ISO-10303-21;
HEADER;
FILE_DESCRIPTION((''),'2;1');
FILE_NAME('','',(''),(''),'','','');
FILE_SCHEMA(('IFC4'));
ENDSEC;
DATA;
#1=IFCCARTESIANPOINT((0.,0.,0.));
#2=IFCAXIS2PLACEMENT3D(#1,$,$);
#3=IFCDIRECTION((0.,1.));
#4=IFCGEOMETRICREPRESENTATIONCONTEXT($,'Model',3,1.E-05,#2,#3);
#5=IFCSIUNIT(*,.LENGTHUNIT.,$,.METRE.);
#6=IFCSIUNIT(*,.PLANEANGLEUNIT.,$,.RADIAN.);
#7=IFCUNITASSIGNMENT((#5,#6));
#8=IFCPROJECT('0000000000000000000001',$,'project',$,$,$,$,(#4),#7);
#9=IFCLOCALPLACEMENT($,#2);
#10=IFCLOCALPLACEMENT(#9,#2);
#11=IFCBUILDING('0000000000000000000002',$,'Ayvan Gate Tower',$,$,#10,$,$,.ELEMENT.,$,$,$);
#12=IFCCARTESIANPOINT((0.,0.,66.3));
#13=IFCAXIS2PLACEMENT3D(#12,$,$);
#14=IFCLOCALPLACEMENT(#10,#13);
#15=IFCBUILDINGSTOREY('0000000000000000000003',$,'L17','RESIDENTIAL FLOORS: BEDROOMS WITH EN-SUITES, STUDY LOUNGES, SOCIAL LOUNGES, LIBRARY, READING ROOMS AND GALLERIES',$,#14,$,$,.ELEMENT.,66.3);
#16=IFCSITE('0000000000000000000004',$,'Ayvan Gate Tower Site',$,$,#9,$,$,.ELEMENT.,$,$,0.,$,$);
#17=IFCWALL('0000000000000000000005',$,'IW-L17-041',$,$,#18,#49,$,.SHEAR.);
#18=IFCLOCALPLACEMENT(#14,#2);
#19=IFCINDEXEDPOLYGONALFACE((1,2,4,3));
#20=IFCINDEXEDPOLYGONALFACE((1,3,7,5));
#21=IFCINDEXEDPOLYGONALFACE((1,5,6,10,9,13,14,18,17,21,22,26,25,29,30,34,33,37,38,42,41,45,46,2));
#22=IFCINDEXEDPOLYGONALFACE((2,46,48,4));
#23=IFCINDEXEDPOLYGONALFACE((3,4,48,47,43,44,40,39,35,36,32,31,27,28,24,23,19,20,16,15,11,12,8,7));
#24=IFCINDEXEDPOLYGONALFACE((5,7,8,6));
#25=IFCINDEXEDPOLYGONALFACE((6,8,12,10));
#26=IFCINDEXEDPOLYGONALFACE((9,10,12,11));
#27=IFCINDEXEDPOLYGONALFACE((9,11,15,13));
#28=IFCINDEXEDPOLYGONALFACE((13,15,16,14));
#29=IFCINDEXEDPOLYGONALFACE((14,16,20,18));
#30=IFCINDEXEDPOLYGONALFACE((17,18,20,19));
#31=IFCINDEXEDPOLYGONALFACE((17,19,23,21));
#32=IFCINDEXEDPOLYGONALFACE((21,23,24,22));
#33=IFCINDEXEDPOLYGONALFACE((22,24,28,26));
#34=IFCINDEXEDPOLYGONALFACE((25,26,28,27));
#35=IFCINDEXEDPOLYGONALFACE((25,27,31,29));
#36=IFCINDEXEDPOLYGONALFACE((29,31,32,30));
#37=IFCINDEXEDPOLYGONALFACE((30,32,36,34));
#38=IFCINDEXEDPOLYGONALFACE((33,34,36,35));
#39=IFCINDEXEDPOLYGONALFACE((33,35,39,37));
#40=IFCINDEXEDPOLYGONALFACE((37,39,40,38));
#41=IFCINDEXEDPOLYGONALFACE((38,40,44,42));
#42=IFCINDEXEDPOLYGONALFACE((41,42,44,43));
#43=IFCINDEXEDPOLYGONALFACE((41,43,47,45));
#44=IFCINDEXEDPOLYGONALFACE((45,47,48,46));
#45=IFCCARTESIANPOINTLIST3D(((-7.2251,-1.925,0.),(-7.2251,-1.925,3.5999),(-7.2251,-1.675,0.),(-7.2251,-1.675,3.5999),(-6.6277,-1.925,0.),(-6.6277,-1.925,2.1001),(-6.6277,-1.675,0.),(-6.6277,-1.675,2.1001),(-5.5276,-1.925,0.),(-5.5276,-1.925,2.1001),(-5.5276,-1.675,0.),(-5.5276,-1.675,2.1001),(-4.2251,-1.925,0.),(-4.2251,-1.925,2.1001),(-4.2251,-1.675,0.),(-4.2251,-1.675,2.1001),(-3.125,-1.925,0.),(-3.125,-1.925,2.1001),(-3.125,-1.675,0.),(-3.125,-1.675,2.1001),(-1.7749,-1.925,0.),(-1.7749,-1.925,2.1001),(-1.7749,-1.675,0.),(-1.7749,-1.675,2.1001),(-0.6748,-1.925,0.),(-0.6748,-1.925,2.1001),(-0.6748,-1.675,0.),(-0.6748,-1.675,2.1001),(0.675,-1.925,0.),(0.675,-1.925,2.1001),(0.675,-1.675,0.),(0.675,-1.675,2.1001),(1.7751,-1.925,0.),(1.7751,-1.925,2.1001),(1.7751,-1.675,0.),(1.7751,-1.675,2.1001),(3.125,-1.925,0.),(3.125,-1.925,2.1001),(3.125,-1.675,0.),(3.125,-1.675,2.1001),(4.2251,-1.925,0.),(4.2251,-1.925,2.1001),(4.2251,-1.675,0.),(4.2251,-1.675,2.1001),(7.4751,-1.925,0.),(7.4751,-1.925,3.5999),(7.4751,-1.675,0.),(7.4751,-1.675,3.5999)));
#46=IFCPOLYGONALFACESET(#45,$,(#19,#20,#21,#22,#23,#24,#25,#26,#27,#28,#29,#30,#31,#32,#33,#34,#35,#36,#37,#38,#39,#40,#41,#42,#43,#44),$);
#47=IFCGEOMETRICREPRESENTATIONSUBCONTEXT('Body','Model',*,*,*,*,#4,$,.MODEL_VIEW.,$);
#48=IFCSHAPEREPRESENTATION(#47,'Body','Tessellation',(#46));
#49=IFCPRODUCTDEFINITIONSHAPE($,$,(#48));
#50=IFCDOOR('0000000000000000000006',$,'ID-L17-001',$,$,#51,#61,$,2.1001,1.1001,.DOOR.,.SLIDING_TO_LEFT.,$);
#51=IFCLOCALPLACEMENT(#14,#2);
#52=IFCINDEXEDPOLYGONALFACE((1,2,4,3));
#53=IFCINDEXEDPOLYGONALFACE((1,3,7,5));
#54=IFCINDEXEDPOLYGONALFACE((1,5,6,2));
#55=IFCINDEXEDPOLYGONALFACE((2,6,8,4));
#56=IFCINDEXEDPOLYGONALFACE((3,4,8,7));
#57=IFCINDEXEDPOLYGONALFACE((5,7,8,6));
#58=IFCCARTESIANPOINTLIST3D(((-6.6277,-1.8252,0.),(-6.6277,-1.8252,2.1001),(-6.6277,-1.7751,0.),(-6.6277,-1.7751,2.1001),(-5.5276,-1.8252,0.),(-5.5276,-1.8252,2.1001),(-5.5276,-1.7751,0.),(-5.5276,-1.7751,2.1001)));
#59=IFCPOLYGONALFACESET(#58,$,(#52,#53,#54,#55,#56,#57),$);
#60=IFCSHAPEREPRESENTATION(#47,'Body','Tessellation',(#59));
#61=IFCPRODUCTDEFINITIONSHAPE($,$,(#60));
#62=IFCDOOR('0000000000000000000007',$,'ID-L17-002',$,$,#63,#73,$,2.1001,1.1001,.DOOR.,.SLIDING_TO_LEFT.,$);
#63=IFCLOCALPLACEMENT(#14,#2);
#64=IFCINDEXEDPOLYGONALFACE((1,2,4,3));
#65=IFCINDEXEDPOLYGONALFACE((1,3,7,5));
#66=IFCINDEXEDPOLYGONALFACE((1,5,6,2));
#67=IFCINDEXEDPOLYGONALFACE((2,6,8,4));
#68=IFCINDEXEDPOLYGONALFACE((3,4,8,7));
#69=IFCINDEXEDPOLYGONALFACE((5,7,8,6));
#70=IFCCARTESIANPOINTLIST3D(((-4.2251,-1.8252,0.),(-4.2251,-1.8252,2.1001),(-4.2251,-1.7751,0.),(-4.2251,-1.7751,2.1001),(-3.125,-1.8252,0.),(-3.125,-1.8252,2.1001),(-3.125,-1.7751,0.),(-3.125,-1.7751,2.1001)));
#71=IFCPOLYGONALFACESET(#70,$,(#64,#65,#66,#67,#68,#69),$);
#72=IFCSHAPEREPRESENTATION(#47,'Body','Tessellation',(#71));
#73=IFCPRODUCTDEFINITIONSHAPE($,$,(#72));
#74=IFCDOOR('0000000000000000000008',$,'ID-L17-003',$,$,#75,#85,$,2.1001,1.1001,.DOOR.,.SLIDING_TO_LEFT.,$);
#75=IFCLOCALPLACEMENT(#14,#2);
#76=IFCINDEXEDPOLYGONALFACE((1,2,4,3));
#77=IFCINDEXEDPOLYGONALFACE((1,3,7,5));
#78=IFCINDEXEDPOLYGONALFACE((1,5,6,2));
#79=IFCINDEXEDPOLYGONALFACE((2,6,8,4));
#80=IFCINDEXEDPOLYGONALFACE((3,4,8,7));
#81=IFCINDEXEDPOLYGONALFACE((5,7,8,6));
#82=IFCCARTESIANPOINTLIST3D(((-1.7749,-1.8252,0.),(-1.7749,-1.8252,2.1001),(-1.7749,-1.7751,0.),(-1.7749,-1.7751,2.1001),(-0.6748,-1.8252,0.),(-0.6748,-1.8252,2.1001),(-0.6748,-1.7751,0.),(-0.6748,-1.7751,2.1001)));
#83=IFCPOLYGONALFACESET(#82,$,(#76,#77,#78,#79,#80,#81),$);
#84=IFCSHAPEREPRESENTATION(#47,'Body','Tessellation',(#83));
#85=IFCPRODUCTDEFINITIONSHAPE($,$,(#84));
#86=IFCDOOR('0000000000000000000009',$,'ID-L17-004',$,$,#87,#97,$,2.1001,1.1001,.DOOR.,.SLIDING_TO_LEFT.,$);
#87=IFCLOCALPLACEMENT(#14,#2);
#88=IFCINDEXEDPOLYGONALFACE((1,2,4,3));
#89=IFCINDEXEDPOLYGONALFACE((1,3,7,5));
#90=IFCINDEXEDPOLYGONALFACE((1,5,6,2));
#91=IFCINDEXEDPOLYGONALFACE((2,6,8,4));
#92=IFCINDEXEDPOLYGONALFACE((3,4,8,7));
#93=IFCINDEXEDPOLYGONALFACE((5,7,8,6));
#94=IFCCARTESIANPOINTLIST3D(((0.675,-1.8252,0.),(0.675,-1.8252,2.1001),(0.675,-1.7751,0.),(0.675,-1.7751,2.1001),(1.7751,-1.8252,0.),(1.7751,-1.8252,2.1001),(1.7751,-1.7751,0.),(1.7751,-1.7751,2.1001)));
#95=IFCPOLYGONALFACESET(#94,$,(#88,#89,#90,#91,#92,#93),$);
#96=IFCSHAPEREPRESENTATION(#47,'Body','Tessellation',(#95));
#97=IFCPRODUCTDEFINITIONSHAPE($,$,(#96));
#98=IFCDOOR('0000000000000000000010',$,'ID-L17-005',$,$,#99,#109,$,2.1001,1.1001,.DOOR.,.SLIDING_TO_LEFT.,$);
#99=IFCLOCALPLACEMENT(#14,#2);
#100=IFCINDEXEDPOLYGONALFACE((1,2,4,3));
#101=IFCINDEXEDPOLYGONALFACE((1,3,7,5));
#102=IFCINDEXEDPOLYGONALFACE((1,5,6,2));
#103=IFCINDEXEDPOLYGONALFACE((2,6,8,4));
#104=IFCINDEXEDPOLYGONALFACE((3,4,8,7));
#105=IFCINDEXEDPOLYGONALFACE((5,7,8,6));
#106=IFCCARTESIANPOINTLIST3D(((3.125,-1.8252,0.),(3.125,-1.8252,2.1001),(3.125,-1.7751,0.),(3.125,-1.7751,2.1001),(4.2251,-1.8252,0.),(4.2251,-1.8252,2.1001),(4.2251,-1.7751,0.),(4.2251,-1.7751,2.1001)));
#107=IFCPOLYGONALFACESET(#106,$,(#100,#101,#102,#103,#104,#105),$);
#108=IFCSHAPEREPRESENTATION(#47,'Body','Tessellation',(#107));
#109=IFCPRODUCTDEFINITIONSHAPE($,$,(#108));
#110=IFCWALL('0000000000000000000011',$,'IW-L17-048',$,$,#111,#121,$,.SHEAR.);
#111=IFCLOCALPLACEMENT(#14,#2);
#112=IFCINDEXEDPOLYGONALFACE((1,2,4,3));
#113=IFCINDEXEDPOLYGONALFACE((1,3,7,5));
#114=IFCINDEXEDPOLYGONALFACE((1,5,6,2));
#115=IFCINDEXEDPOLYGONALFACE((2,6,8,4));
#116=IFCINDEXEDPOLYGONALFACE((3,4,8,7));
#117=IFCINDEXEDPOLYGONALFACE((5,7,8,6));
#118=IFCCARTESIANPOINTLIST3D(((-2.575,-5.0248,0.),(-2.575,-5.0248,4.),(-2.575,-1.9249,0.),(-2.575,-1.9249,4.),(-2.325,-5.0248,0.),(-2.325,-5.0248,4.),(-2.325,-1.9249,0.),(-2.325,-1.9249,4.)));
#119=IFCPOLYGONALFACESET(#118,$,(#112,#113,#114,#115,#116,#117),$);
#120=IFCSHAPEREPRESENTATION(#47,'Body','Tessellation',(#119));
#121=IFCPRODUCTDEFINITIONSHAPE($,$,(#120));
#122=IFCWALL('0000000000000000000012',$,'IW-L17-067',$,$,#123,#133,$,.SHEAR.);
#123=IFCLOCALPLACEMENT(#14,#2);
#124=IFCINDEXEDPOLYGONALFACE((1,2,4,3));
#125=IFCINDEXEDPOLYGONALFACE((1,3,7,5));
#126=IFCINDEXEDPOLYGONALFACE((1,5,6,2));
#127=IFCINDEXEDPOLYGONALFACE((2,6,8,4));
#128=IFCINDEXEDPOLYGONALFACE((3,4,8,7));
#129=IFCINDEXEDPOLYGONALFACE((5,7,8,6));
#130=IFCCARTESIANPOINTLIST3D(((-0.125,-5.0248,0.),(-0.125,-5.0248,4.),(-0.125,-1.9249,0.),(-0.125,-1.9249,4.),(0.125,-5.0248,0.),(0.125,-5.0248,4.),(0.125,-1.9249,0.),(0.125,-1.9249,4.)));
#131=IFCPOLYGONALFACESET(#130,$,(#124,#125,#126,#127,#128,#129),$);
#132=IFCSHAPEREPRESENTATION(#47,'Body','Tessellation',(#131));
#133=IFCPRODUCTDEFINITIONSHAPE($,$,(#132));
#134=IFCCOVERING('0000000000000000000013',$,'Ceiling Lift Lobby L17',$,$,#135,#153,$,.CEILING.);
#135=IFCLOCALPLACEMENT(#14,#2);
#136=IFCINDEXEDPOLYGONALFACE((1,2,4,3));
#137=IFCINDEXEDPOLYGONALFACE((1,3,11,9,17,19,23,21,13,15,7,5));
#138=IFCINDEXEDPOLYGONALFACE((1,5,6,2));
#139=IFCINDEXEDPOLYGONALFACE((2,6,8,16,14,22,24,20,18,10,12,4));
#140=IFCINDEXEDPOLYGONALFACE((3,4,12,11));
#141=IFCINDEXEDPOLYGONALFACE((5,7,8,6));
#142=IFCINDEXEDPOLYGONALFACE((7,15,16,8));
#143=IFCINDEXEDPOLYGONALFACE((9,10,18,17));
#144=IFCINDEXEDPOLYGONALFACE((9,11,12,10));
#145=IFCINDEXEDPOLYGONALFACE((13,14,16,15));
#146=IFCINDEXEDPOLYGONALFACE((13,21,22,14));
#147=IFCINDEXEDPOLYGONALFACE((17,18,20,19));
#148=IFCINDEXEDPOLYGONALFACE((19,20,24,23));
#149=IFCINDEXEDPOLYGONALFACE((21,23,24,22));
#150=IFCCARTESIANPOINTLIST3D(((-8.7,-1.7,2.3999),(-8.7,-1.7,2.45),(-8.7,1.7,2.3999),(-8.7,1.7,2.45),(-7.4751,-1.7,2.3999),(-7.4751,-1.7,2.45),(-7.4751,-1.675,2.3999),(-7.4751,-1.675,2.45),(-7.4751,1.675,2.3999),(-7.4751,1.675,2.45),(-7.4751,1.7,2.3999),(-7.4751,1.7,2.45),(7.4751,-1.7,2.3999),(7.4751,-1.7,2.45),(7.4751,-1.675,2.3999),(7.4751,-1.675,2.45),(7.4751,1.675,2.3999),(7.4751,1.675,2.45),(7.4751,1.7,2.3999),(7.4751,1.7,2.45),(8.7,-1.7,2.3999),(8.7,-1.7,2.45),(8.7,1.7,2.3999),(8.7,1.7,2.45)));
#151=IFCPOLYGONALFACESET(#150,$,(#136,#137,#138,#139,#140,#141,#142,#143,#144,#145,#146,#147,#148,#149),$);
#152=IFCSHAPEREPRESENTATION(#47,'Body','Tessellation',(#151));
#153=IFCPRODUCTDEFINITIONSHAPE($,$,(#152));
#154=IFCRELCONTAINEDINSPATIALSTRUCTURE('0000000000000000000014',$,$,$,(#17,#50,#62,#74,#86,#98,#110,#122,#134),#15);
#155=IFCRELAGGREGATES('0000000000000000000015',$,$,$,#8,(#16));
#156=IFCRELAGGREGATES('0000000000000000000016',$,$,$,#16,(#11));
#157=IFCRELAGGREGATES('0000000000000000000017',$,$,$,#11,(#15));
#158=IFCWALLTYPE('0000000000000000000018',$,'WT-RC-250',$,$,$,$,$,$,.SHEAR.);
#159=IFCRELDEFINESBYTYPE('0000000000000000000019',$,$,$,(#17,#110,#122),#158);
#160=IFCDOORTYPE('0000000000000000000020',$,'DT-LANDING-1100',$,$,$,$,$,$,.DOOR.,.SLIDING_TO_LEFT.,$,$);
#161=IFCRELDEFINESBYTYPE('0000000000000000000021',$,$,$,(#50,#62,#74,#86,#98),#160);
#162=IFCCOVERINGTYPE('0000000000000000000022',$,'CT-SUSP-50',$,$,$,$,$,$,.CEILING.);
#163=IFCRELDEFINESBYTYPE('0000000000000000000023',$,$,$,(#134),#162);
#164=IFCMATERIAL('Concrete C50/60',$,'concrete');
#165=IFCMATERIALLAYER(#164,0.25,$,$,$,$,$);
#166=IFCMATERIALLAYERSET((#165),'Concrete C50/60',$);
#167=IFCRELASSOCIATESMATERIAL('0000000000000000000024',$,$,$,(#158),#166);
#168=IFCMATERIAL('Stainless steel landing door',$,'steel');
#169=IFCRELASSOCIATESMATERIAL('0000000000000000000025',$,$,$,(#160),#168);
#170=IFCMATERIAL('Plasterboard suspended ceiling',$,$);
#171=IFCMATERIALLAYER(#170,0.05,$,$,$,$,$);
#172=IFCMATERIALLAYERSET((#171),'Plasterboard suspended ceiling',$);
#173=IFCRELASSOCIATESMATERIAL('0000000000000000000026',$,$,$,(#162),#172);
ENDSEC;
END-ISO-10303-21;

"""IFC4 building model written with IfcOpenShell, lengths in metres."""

from ifc_helpers import new_model, si_unit, direction, frame, frame_2d, origin, place, context, subcontext, project, spatial, polyline, rectangle, outline, extrude, material, layer, layer_set, type_object, element, fill, save


model = new_model("IFC4")

# Units and contexts
model_context = context("Model", 3, precision=1e-05, world=origin(), true_north=direction((0.0, 1.0)))
body_context = subcontext(model_context, "Body", "Model", "MODEL_VIEW")
ifc_project = project(units=[si_unit("LENGTHUNIT", "METRE"), si_unit("PLANEANGLEUNIT", "RADIAN")], contexts=[model_context])

# Site, building, storey
site_placement = place(None, origin())
site = spatial("IfcSite", under=ifc_project, at=site_placement, Name="Ayvan Gate Tower Site", CompositionType="ELEMENT", RefElevation=0.0)
building_placement = place(site_placement, origin())
building = spatial("IfcBuilding", under=site, at=building_placement, Name="Ayvan Gate Tower", CompositionType="ELEMENT")
storey_placement = place(building_placement, frame((0.0, 0.0, 66.3)))
storey = spatial("IfcBuildingStorey", under=building, at=storey_placement, Name="L17", Description="RESIDENTIAL FLOORS: BEDROOMS WITH EN-SUITES, STUDY LOUNGES, SOCIAL LOUNGES, LIBRARY, READING ROOMS AND GALLERIES", CompositionType="ELEMENT", Elevation=66.3)

# Shared definitions
ifc_material_1 = material(Name="Concrete C50/60", Category="concrete")
ifc_layer_1 = layer(ifc_material_1, 0.25)
ifc_layer_set_1 = layer_set([ifc_layer_1], Name="Concrete C50/60")
wall_type_1 = type_object("IfcWallType", Name="WT-RC-250", PredefinedType="SHEAR", material=ifc_layer_set_1)

# Wall, openings, doors
wall_1_placement = place(storey_placement, frame((-7.2251, -1.8, 0.0), z_axis=(0.0, 0.0, 1.0), x_axis=(1.0, 0.0, 0.0)))
wall_1 = element("IfcWall", 1, at=wall_1_placement, inside=storey, type_object=wall_type_1, Name="IW-L17-041", PredefinedType="SHEAR", context=body_context, shape_type="SweptSolid", body=[
    extrude(rectangle(XDim=14.7002, YDim=0.25, at=frame_2d((7.3501, 0.0))), origin(), (0.0, 0.0, 1.0), 3.5999),
])
opening_1_placement = place(wall_1_placement, frame((0.5974, 0.0, 0.0)))
opening_1 = element("IfcOpeningElement", 2, at=opening_1_placement, cuts=wall_1, PredefinedType="OPENING", context=body_context, shape_type="SweptSolid", body=[
    extrude(rectangle(XDim=1.1001, YDim=2.1001, at=frame_2d((0.55, 1.05))), frame((0.0, 0.135, 0.0), z_axis=(0.0, -1.0, 0.0), x_axis=(1.0, 0.0, 0.0)), (0.0, 0.0, 1.0), 0.27),
])
opening_2_placement = place(wall_1_placement, frame((3.0, 0.0, 0.0)))
opening_2 = element("IfcOpeningElement", 3, at=opening_2_placement, cuts=wall_1, PredefinedType="OPENING", context=body_context, shape_type="SweptSolid", body=[
    extrude(rectangle(XDim=1.1001, YDim=2.1001, at=frame_2d((0.55, 1.05))), frame((0.0, 0.135, 0.0), z_axis=(0.0, -1.0, 0.0), x_axis=(1.0, 0.0, 0.0)), (0.0, 0.0, 1.0), 0.27),
])
opening_3_placement = place(wall_1_placement, frame((5.4502, 0.0, 0.0)))
opening_3 = element("IfcOpeningElement", 4, at=opening_3_placement, cuts=wall_1, PredefinedType="OPENING", context=body_context, shape_type="SweptSolid", body=[
    extrude(rectangle(XDim=1.1001, YDim=2.1001, at=frame_2d((0.55, 1.05))), frame((0.0, 0.135, 0.0), z_axis=(0.0, -1.0, 0.0), x_axis=(1.0, 0.0, 0.0)), (0.0, 0.0, 1.0), 0.27),
])
opening_4_placement = place(wall_1_placement, frame((7.9001, 0.0, 0.0)))
opening_4 = element("IfcOpeningElement", 5, at=opening_4_placement, cuts=wall_1, PredefinedType="OPENING", context=body_context, shape_type="SweptSolid", body=[
    extrude(rectangle(XDim=1.1001, YDim=2.1001, at=frame_2d((0.55, 1.05))), frame((0.0, 0.135, 0.0), z_axis=(0.0, -1.0, 0.0), x_axis=(1.0, 0.0, 0.0)), (0.0, 0.0, 1.0), 0.27),
])
opening_5_placement = place(wall_1_placement, frame((10.3501, 0.0, 0.0)))
opening_5 = element("IfcOpeningElement", 6, at=opening_5_placement, cuts=wall_1, PredefinedType="OPENING", context=body_context, shape_type="SweptSolid", body=[
    extrude(rectangle(XDim=1.1001, YDim=2.1001, at=frame_2d((0.55, 1.05))), frame((0.0, 0.135, 0.0), z_axis=(0.0, -1.0, 0.0), x_axis=(1.0, 0.0, 0.0)), (0.0, 0.0, 1.0), 0.27),
])
ifc_material_2 = material(Name="Stainless steel landing door", Category="steel")
door_type_1 = type_object("IfcDoorType", Name="DT-LANDING-1100", OperationType="SLIDING_TO_LEFT", PredefinedType="DOOR", material=ifc_material_2)
door_1_placement = place(opening_1_placement, origin())
door_1 = element("IfcDoor", 7, at=door_1_placement, inside=storey, type_object=door_type_1, Name="ID-L17-001", OperationType="SLIDING_TO_LEFT", OverallHeight=2.1001, OverallWidth=1.1001, PredefinedType="DOOR", context=body_context, shape_type="SweptSolid", body=[
    extrude(rectangle(XDim=1.1001, YDim=2.1001, at=frame_2d((0.55, 1.05))), frame((0.0, 0.0249, 0.0), z_axis=(0.0, -1.0, 0.0), x_axis=(1.0, 0.0, 0.0)), (0.0, 0.0, 1.0), 0.05),
])
fill(opening_1, door_1)
door_2_placement = place(opening_2_placement, origin())
door_2 = element("IfcDoor", 8, at=door_2_placement, inside=storey, type_object=door_type_1, Name="ID-L17-002", OperationType="SLIDING_TO_LEFT", OverallHeight=2.1001, OverallWidth=1.1001, PredefinedType="DOOR", context=body_context, shape_type="SweptSolid", body=[
    extrude(rectangle(XDim=1.1001, YDim=2.1001, at=frame_2d((0.55, 1.05))), frame((0.0, 0.0249, 0.0), z_axis=(0.0, -1.0, 0.0), x_axis=(1.0, 0.0, 0.0)), (0.0, 0.0, 1.0), 0.05),
])
fill(opening_2, door_2)
door_3_placement = place(opening_3_placement, origin())
door_3 = element("IfcDoor", 9, at=door_3_placement, inside=storey, type_object=door_type_1, Name="ID-L17-003", OperationType="SLIDING_TO_LEFT", OverallHeight=2.1001, OverallWidth=1.1001, PredefinedType="DOOR", context=body_context, shape_type="SweptSolid", body=[
    extrude(rectangle(XDim=1.1001, YDim=2.1001, at=frame_2d((0.55, 1.05))), frame((0.0, 0.0249, 0.0), z_axis=(0.0, -1.0, 0.0), x_axis=(1.0, 0.0, 0.0)), (0.0, 0.0, 1.0), 0.05),
])
fill(opening_3, door_3)
door_4_placement = place(opening_4_placement, origin())
door_4 = element("IfcDoor", 10, at=door_4_placement, inside=storey, type_object=door_type_1, Name="ID-L17-004", OperationType="SLIDING_TO_LEFT", OverallHeight=2.1001, OverallWidth=1.1001, PredefinedType="DOOR", context=body_context, shape_type="SweptSolid", body=[
    extrude(rectangle(XDim=1.1001, YDim=2.1001, at=frame_2d((0.55, 1.05))), frame((0.0, 0.0249, 0.0), z_axis=(0.0, -1.0, 0.0), x_axis=(1.0, 0.0, 0.0)), (0.0, 0.0, 1.0), 0.05),
])
fill(opening_4, door_4)
door_5_placement = place(opening_5_placement, origin())
door_5 = element("IfcDoor", 11, at=door_5_placement, inside=storey, type_object=door_type_1, Name="ID-L17-005", OperationType="SLIDING_TO_LEFT", OverallHeight=2.1001, OverallWidth=1.1001, PredefinedType="DOOR", context=body_context, shape_type="SweptSolid", body=[
    extrude(rectangle(XDim=1.1001, YDim=2.1001, at=frame_2d((0.55, 1.05))), frame((0.0, 0.0249, 0.0), z_axis=(0.0, -1.0, 0.0), x_axis=(1.0, 0.0, 0.0)), (0.0, 0.0, 1.0), 0.05),
])
fill(opening_5, door_5)

# Walls
for number, where, z_axis, x_axis, name in (
    (12, (-2.45, -1.925, 0.0), (0.0, 0.0, 1.0), (0.0, -1.0, 0.0), "IW-L17-048"),
    (13, (0.0, -1.925, 0.0), (0.0, 0.0, 1.0), (0.0, -1.0, 0.0), "IW-L17-067"),
):
    element("IfcWall", number, at=place(storey_placement, frame(where, z_axis=z_axis, x_axis=x_axis)), inside=storey, type_object=wall_type_1, Name=name, PredefinedType="SHEAR", context=body_context, shape_type="SweptSolid", body=[
        extrude(rectangle(XDim=3.0999, YDim=0.25, at=frame_2d((1.5498, 0.0))), origin(), (0.0, 0.0, 1.0), 4.0),
    ])

# Covering
ifc_material_3 = material(Name="Plasterboard suspended ceiling")
ifc_layer_2 = layer(ifc_material_3, 0.05)
ifc_layer_set_2 = layer_set([ifc_layer_2], Name="Plasterboard suspended ceiling")
covering_type = type_object("IfcCoveringType", Name="CT-SUSP-50", PredefinedType="CEILING", material=ifc_layer_set_2)
covering_1_placement = place(storey_placement, frame((0.0, 0.0, 2.3999)))
element("IfcCovering", 14, at=covering_1_placement, inside=storey, type_object=covering_type, Name="Ceiling Lift Lobby L17", PredefinedType="CEILING", context=body_context, shape_type="SweptSolid", body=[
    extrude(outline(polyline([(7.4751, -1.675), (-7.4751, -1.675), (-7.4751, -1.7), (-8.7, -1.7), (-8.7, 1.7), (-7.4751, 1.7), (-7.4751, 1.675), (7.4751, 1.675), (7.4751, 1.7), (8.7, 1.7), (8.7, -1.7), (7.4751, -1.7), (7.4751, -1.675)])), origin(), (0.0, 0.0, 1.0), 0.05),
])

save(model, "model.ifc")
